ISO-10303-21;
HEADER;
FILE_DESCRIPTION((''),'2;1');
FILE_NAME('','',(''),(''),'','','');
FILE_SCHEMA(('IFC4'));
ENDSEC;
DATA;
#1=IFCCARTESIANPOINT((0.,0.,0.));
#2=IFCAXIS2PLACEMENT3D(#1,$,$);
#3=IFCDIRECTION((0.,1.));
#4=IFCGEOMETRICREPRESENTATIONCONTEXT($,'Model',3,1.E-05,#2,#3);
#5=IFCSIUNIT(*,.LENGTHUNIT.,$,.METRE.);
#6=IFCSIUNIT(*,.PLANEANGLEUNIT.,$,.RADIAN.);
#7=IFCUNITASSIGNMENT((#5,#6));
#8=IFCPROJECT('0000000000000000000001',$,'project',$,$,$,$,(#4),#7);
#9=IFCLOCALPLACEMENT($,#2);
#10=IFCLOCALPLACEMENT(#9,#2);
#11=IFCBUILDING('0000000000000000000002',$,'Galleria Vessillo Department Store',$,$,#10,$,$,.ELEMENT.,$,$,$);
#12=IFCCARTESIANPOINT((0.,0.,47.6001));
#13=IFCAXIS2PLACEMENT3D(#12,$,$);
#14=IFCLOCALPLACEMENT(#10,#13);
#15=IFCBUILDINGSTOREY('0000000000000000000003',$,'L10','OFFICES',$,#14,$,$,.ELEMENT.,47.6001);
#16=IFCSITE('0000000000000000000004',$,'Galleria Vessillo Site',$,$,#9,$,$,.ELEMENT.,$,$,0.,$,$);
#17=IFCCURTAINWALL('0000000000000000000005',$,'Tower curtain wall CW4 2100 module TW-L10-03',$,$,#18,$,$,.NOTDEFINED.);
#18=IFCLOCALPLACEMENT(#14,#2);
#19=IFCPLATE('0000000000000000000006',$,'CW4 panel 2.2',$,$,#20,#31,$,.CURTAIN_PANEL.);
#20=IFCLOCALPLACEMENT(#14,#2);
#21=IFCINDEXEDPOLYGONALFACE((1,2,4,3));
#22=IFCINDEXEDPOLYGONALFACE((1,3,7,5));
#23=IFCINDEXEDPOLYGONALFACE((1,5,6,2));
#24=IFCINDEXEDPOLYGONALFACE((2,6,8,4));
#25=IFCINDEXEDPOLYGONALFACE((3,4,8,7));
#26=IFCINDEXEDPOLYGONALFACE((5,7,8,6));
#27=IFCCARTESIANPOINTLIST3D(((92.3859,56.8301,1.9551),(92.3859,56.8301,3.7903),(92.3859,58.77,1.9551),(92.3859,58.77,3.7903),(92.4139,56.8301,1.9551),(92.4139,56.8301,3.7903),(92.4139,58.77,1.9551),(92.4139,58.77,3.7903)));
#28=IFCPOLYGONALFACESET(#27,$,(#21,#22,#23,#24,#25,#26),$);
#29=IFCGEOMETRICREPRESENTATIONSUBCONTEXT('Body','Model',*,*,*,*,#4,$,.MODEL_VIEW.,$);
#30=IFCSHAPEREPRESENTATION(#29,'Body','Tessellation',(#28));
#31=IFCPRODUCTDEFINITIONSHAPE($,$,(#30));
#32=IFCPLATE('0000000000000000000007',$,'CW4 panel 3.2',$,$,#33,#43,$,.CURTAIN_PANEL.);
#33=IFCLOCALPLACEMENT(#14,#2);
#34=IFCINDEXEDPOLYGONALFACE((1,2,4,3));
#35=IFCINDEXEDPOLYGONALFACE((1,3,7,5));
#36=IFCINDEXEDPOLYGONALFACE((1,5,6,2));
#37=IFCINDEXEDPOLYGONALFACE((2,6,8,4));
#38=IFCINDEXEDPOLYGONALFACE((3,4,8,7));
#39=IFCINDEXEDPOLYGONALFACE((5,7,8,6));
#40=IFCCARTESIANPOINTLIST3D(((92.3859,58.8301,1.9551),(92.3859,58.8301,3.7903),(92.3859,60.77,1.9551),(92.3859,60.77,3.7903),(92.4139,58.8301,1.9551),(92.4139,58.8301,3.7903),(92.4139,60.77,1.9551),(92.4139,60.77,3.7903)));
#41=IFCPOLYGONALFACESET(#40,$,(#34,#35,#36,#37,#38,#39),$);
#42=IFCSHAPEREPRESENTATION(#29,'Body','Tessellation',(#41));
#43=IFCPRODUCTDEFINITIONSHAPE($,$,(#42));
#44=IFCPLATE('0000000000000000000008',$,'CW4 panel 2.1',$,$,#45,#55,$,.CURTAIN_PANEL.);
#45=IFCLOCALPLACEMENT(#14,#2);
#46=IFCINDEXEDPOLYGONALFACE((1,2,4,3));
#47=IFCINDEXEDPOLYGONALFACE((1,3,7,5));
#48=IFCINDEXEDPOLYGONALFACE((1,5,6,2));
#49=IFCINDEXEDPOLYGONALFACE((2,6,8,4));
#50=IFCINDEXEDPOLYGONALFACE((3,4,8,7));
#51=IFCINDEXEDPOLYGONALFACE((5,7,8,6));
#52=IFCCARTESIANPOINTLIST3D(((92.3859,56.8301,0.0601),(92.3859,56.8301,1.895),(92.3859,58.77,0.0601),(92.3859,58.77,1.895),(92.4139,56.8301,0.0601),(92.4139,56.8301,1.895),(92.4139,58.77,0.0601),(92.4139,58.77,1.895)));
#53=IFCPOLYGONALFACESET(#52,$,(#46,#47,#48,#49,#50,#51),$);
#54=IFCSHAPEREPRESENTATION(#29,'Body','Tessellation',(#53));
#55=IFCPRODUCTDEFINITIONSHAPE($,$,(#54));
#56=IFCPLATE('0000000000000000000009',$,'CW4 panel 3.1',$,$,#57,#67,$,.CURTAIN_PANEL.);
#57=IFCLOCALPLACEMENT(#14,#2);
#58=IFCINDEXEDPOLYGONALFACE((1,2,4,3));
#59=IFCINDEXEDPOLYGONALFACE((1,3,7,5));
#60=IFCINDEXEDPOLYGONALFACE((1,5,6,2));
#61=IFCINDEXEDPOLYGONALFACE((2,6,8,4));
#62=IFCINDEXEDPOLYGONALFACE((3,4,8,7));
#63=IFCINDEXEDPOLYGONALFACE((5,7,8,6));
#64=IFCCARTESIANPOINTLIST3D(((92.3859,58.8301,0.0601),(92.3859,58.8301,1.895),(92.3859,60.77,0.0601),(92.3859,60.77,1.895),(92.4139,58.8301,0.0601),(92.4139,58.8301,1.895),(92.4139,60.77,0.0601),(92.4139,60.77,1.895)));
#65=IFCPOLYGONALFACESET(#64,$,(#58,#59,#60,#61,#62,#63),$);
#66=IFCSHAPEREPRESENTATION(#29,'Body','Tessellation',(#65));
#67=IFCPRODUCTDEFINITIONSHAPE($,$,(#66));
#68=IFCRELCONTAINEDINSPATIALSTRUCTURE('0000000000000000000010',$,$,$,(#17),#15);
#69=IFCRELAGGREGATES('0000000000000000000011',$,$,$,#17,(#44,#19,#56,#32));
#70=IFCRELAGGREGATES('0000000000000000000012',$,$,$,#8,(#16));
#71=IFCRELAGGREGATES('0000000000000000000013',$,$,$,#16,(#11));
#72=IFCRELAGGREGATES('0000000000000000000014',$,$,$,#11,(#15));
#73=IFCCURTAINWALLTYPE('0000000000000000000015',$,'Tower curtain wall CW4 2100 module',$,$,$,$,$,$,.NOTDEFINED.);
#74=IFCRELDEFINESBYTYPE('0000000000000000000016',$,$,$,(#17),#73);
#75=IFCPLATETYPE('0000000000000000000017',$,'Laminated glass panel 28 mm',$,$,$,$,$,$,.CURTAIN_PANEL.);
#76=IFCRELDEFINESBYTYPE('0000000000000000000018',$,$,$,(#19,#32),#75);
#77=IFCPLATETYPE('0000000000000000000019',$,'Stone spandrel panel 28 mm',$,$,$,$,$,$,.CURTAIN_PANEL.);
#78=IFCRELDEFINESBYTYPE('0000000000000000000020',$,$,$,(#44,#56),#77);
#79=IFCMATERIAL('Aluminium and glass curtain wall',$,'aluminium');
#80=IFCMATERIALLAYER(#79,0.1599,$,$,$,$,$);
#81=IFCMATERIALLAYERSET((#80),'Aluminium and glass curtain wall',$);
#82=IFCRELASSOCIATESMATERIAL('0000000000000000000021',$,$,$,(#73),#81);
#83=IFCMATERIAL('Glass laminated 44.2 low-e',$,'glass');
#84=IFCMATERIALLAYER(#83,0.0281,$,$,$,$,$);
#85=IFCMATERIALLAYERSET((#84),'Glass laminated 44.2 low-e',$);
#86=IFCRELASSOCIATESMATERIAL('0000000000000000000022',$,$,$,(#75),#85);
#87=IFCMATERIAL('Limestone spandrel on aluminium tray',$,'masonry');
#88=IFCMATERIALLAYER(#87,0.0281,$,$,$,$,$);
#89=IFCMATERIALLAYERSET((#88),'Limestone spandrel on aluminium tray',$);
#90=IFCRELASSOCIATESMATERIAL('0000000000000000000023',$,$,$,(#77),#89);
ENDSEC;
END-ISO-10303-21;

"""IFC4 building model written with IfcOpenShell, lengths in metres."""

from ifc_helpers import new_model, si_unit, direction, frame, origin, origin_2d, place, context, subcontext, project, spatial, rectangle, extrude, material, layer, layer_set, type_object, element, aggregate, save


model = new_model("IFC4")

# Units and contexts
model_context = context("Model", 3, precision=1e-05, world=origin(), true_north=direction((0.0, 1.0)))
body_context = subcontext(model_context, "Body", "Model", "MODEL_VIEW")
ifc_project = project(units=[si_unit("LENGTHUNIT", "METRE"), si_unit("PLANEANGLEUNIT", "RADIAN")], contexts=[model_context])

# Site, building, storey
site_placement = place(None, origin())
site = spatial("IfcSite", under=ifc_project, at=site_placement, Name="Galleria Vessillo Site", CompositionType="ELEMENT", RefElevation=0.0)
building_placement = place(site_placement, origin())
building = spatial("IfcBuilding", under=site, at=building_placement, Name="Galleria Vessillo Department Store", CompositionType="ELEMENT")
storey_placement = place(building_placement, frame((0.0, 0.0, 47.6001)))
storey = spatial("IfcBuildingStorey", under=building, at=storey_placement, Name="L10", Description="OFFICES", CompositionType="ELEMENT", Elevation=47.6001)

# Curtain wall, plates
ifc_material_1 = material(Name="Aluminium and glass curtain wall", Category="aluminium")
ifc_layer_1 = layer(ifc_material_1, 0.1599)
ifc_layer_set_1 = layer_set([ifc_layer_1], Name="Aluminium and glass curtain wall")
curtain_wall_type = type_object("IfcCurtainWallType", Name="Tower curtain wall CW4 2100 module", PredefinedType="NOTDEFINED", material=ifc_layer_set_1)
curtain_wall_placement = place(storey_placement, origin())
curtain_wall = element("IfcCurtainWall", 1, at=curtain_wall_placement, inside=storey, type_object=curtain_wall_type, Name="Tower curtain wall CW4 2100 module TW-L10-03", PredefinedType="NOTDEFINED")
ifc_material_2 = material(Name="Glass laminated 44.2 low-e", Category="glass")
ifc_layer_2 = layer(ifc_material_2, 0.0281)
ifc_layer_set_2 = layer_set([ifc_layer_2], Name="Glass laminated 44.2 low-e")
plate_type_1 = type_object("IfcPlateType", Name="Laminated glass panel 28 mm", PredefinedType="CURTAIN_PANEL", material=ifc_layer_set_2)
plate_1_placement = place(storey_placement, frame((92.3999, 57.8, 1.9551), z_axis=(0.0, 0.0, 1.0), x_axis=(0.0, 1.0, 0.0)))
plate_1 = element("IfcPlate", 2, at=plate_1_placement, type_object=plate_type_1, Name="CW4 panel 2.2", PredefinedType="CURTAIN_PANEL", context=body_context, shape_type="SweptSolid", body=[
    extrude(rectangle(XDim=1.9399, YDim=0.0281, at=origin_2d()), origin(), (0.0, 0.0, 1.0), 1.8352),
])
plate_2_placement = place(storey_placement, frame((92.3999, 59.8, 1.9551), z_axis=(0.0, 0.0, 1.0), x_axis=(0.0, 1.0, 0.0)))
plate_2 = element("IfcPlate", 3, at=plate_2_placement, type_object=plate_type_1, Name="CW4 panel 3.2", PredefinedType="CURTAIN_PANEL", context=body_context, shape_type="SweptSolid", body=[
    extrude(rectangle(XDim=1.9399, YDim=0.0281, at=origin_2d()), origin(), (0.0, 0.0, 1.0), 1.8352),
])
ifc_material_3 = material(Name="Limestone spandrel on aluminium tray", Category="masonry")
ifc_layer_3 = layer(ifc_material_3, 0.0281)
ifc_layer_set_3 = layer_set([ifc_layer_3], Name="Limestone spandrel on aluminium tray")
plate_type_2 = type_object("IfcPlateType", Name="Stone spandrel panel 28 mm", PredefinedType="CURTAIN_PANEL", material=ifc_layer_set_3)
plate_3_placement = place(storey_placement, frame((92.3999, 57.8, 0.0601), z_axis=(0.0, 0.0, 1.0), x_axis=(0.0, 1.0, 0.0)))
plate_3 = element("IfcPlate", 4, at=plate_3_placement, type_object=plate_type_2, Name="CW4 panel 2.1", PredefinedType="CURTAIN_PANEL", context=body_context, shape_type="SweptSolid", body=[
    extrude(rectangle(XDim=1.9399, YDim=0.0281, at=origin_2d()), origin(), (0.0, 0.0, 1.0), 1.835),
])
plate_4_placement = place(storey_placement, frame((92.3999, 59.8, 0.0601), z_axis=(0.0, 0.0, 1.0), x_axis=(0.0, 1.0, 0.0)))
plate_4 = element("IfcPlate", 5, at=plate_4_placement, type_object=plate_type_2, Name="CW4 panel 3.1", PredefinedType="CURTAIN_PANEL", context=body_context, shape_type="SweptSolid", body=[
    extrude(rectangle(XDim=1.9399, YDim=0.0281, at=origin_2d()), origin(), (0.0, 0.0, 1.0), 1.835),
])
aggregate(curtain_wall, [plate_3, plate_1, plate_4, plate_2])

save(model, "model.ifc")
